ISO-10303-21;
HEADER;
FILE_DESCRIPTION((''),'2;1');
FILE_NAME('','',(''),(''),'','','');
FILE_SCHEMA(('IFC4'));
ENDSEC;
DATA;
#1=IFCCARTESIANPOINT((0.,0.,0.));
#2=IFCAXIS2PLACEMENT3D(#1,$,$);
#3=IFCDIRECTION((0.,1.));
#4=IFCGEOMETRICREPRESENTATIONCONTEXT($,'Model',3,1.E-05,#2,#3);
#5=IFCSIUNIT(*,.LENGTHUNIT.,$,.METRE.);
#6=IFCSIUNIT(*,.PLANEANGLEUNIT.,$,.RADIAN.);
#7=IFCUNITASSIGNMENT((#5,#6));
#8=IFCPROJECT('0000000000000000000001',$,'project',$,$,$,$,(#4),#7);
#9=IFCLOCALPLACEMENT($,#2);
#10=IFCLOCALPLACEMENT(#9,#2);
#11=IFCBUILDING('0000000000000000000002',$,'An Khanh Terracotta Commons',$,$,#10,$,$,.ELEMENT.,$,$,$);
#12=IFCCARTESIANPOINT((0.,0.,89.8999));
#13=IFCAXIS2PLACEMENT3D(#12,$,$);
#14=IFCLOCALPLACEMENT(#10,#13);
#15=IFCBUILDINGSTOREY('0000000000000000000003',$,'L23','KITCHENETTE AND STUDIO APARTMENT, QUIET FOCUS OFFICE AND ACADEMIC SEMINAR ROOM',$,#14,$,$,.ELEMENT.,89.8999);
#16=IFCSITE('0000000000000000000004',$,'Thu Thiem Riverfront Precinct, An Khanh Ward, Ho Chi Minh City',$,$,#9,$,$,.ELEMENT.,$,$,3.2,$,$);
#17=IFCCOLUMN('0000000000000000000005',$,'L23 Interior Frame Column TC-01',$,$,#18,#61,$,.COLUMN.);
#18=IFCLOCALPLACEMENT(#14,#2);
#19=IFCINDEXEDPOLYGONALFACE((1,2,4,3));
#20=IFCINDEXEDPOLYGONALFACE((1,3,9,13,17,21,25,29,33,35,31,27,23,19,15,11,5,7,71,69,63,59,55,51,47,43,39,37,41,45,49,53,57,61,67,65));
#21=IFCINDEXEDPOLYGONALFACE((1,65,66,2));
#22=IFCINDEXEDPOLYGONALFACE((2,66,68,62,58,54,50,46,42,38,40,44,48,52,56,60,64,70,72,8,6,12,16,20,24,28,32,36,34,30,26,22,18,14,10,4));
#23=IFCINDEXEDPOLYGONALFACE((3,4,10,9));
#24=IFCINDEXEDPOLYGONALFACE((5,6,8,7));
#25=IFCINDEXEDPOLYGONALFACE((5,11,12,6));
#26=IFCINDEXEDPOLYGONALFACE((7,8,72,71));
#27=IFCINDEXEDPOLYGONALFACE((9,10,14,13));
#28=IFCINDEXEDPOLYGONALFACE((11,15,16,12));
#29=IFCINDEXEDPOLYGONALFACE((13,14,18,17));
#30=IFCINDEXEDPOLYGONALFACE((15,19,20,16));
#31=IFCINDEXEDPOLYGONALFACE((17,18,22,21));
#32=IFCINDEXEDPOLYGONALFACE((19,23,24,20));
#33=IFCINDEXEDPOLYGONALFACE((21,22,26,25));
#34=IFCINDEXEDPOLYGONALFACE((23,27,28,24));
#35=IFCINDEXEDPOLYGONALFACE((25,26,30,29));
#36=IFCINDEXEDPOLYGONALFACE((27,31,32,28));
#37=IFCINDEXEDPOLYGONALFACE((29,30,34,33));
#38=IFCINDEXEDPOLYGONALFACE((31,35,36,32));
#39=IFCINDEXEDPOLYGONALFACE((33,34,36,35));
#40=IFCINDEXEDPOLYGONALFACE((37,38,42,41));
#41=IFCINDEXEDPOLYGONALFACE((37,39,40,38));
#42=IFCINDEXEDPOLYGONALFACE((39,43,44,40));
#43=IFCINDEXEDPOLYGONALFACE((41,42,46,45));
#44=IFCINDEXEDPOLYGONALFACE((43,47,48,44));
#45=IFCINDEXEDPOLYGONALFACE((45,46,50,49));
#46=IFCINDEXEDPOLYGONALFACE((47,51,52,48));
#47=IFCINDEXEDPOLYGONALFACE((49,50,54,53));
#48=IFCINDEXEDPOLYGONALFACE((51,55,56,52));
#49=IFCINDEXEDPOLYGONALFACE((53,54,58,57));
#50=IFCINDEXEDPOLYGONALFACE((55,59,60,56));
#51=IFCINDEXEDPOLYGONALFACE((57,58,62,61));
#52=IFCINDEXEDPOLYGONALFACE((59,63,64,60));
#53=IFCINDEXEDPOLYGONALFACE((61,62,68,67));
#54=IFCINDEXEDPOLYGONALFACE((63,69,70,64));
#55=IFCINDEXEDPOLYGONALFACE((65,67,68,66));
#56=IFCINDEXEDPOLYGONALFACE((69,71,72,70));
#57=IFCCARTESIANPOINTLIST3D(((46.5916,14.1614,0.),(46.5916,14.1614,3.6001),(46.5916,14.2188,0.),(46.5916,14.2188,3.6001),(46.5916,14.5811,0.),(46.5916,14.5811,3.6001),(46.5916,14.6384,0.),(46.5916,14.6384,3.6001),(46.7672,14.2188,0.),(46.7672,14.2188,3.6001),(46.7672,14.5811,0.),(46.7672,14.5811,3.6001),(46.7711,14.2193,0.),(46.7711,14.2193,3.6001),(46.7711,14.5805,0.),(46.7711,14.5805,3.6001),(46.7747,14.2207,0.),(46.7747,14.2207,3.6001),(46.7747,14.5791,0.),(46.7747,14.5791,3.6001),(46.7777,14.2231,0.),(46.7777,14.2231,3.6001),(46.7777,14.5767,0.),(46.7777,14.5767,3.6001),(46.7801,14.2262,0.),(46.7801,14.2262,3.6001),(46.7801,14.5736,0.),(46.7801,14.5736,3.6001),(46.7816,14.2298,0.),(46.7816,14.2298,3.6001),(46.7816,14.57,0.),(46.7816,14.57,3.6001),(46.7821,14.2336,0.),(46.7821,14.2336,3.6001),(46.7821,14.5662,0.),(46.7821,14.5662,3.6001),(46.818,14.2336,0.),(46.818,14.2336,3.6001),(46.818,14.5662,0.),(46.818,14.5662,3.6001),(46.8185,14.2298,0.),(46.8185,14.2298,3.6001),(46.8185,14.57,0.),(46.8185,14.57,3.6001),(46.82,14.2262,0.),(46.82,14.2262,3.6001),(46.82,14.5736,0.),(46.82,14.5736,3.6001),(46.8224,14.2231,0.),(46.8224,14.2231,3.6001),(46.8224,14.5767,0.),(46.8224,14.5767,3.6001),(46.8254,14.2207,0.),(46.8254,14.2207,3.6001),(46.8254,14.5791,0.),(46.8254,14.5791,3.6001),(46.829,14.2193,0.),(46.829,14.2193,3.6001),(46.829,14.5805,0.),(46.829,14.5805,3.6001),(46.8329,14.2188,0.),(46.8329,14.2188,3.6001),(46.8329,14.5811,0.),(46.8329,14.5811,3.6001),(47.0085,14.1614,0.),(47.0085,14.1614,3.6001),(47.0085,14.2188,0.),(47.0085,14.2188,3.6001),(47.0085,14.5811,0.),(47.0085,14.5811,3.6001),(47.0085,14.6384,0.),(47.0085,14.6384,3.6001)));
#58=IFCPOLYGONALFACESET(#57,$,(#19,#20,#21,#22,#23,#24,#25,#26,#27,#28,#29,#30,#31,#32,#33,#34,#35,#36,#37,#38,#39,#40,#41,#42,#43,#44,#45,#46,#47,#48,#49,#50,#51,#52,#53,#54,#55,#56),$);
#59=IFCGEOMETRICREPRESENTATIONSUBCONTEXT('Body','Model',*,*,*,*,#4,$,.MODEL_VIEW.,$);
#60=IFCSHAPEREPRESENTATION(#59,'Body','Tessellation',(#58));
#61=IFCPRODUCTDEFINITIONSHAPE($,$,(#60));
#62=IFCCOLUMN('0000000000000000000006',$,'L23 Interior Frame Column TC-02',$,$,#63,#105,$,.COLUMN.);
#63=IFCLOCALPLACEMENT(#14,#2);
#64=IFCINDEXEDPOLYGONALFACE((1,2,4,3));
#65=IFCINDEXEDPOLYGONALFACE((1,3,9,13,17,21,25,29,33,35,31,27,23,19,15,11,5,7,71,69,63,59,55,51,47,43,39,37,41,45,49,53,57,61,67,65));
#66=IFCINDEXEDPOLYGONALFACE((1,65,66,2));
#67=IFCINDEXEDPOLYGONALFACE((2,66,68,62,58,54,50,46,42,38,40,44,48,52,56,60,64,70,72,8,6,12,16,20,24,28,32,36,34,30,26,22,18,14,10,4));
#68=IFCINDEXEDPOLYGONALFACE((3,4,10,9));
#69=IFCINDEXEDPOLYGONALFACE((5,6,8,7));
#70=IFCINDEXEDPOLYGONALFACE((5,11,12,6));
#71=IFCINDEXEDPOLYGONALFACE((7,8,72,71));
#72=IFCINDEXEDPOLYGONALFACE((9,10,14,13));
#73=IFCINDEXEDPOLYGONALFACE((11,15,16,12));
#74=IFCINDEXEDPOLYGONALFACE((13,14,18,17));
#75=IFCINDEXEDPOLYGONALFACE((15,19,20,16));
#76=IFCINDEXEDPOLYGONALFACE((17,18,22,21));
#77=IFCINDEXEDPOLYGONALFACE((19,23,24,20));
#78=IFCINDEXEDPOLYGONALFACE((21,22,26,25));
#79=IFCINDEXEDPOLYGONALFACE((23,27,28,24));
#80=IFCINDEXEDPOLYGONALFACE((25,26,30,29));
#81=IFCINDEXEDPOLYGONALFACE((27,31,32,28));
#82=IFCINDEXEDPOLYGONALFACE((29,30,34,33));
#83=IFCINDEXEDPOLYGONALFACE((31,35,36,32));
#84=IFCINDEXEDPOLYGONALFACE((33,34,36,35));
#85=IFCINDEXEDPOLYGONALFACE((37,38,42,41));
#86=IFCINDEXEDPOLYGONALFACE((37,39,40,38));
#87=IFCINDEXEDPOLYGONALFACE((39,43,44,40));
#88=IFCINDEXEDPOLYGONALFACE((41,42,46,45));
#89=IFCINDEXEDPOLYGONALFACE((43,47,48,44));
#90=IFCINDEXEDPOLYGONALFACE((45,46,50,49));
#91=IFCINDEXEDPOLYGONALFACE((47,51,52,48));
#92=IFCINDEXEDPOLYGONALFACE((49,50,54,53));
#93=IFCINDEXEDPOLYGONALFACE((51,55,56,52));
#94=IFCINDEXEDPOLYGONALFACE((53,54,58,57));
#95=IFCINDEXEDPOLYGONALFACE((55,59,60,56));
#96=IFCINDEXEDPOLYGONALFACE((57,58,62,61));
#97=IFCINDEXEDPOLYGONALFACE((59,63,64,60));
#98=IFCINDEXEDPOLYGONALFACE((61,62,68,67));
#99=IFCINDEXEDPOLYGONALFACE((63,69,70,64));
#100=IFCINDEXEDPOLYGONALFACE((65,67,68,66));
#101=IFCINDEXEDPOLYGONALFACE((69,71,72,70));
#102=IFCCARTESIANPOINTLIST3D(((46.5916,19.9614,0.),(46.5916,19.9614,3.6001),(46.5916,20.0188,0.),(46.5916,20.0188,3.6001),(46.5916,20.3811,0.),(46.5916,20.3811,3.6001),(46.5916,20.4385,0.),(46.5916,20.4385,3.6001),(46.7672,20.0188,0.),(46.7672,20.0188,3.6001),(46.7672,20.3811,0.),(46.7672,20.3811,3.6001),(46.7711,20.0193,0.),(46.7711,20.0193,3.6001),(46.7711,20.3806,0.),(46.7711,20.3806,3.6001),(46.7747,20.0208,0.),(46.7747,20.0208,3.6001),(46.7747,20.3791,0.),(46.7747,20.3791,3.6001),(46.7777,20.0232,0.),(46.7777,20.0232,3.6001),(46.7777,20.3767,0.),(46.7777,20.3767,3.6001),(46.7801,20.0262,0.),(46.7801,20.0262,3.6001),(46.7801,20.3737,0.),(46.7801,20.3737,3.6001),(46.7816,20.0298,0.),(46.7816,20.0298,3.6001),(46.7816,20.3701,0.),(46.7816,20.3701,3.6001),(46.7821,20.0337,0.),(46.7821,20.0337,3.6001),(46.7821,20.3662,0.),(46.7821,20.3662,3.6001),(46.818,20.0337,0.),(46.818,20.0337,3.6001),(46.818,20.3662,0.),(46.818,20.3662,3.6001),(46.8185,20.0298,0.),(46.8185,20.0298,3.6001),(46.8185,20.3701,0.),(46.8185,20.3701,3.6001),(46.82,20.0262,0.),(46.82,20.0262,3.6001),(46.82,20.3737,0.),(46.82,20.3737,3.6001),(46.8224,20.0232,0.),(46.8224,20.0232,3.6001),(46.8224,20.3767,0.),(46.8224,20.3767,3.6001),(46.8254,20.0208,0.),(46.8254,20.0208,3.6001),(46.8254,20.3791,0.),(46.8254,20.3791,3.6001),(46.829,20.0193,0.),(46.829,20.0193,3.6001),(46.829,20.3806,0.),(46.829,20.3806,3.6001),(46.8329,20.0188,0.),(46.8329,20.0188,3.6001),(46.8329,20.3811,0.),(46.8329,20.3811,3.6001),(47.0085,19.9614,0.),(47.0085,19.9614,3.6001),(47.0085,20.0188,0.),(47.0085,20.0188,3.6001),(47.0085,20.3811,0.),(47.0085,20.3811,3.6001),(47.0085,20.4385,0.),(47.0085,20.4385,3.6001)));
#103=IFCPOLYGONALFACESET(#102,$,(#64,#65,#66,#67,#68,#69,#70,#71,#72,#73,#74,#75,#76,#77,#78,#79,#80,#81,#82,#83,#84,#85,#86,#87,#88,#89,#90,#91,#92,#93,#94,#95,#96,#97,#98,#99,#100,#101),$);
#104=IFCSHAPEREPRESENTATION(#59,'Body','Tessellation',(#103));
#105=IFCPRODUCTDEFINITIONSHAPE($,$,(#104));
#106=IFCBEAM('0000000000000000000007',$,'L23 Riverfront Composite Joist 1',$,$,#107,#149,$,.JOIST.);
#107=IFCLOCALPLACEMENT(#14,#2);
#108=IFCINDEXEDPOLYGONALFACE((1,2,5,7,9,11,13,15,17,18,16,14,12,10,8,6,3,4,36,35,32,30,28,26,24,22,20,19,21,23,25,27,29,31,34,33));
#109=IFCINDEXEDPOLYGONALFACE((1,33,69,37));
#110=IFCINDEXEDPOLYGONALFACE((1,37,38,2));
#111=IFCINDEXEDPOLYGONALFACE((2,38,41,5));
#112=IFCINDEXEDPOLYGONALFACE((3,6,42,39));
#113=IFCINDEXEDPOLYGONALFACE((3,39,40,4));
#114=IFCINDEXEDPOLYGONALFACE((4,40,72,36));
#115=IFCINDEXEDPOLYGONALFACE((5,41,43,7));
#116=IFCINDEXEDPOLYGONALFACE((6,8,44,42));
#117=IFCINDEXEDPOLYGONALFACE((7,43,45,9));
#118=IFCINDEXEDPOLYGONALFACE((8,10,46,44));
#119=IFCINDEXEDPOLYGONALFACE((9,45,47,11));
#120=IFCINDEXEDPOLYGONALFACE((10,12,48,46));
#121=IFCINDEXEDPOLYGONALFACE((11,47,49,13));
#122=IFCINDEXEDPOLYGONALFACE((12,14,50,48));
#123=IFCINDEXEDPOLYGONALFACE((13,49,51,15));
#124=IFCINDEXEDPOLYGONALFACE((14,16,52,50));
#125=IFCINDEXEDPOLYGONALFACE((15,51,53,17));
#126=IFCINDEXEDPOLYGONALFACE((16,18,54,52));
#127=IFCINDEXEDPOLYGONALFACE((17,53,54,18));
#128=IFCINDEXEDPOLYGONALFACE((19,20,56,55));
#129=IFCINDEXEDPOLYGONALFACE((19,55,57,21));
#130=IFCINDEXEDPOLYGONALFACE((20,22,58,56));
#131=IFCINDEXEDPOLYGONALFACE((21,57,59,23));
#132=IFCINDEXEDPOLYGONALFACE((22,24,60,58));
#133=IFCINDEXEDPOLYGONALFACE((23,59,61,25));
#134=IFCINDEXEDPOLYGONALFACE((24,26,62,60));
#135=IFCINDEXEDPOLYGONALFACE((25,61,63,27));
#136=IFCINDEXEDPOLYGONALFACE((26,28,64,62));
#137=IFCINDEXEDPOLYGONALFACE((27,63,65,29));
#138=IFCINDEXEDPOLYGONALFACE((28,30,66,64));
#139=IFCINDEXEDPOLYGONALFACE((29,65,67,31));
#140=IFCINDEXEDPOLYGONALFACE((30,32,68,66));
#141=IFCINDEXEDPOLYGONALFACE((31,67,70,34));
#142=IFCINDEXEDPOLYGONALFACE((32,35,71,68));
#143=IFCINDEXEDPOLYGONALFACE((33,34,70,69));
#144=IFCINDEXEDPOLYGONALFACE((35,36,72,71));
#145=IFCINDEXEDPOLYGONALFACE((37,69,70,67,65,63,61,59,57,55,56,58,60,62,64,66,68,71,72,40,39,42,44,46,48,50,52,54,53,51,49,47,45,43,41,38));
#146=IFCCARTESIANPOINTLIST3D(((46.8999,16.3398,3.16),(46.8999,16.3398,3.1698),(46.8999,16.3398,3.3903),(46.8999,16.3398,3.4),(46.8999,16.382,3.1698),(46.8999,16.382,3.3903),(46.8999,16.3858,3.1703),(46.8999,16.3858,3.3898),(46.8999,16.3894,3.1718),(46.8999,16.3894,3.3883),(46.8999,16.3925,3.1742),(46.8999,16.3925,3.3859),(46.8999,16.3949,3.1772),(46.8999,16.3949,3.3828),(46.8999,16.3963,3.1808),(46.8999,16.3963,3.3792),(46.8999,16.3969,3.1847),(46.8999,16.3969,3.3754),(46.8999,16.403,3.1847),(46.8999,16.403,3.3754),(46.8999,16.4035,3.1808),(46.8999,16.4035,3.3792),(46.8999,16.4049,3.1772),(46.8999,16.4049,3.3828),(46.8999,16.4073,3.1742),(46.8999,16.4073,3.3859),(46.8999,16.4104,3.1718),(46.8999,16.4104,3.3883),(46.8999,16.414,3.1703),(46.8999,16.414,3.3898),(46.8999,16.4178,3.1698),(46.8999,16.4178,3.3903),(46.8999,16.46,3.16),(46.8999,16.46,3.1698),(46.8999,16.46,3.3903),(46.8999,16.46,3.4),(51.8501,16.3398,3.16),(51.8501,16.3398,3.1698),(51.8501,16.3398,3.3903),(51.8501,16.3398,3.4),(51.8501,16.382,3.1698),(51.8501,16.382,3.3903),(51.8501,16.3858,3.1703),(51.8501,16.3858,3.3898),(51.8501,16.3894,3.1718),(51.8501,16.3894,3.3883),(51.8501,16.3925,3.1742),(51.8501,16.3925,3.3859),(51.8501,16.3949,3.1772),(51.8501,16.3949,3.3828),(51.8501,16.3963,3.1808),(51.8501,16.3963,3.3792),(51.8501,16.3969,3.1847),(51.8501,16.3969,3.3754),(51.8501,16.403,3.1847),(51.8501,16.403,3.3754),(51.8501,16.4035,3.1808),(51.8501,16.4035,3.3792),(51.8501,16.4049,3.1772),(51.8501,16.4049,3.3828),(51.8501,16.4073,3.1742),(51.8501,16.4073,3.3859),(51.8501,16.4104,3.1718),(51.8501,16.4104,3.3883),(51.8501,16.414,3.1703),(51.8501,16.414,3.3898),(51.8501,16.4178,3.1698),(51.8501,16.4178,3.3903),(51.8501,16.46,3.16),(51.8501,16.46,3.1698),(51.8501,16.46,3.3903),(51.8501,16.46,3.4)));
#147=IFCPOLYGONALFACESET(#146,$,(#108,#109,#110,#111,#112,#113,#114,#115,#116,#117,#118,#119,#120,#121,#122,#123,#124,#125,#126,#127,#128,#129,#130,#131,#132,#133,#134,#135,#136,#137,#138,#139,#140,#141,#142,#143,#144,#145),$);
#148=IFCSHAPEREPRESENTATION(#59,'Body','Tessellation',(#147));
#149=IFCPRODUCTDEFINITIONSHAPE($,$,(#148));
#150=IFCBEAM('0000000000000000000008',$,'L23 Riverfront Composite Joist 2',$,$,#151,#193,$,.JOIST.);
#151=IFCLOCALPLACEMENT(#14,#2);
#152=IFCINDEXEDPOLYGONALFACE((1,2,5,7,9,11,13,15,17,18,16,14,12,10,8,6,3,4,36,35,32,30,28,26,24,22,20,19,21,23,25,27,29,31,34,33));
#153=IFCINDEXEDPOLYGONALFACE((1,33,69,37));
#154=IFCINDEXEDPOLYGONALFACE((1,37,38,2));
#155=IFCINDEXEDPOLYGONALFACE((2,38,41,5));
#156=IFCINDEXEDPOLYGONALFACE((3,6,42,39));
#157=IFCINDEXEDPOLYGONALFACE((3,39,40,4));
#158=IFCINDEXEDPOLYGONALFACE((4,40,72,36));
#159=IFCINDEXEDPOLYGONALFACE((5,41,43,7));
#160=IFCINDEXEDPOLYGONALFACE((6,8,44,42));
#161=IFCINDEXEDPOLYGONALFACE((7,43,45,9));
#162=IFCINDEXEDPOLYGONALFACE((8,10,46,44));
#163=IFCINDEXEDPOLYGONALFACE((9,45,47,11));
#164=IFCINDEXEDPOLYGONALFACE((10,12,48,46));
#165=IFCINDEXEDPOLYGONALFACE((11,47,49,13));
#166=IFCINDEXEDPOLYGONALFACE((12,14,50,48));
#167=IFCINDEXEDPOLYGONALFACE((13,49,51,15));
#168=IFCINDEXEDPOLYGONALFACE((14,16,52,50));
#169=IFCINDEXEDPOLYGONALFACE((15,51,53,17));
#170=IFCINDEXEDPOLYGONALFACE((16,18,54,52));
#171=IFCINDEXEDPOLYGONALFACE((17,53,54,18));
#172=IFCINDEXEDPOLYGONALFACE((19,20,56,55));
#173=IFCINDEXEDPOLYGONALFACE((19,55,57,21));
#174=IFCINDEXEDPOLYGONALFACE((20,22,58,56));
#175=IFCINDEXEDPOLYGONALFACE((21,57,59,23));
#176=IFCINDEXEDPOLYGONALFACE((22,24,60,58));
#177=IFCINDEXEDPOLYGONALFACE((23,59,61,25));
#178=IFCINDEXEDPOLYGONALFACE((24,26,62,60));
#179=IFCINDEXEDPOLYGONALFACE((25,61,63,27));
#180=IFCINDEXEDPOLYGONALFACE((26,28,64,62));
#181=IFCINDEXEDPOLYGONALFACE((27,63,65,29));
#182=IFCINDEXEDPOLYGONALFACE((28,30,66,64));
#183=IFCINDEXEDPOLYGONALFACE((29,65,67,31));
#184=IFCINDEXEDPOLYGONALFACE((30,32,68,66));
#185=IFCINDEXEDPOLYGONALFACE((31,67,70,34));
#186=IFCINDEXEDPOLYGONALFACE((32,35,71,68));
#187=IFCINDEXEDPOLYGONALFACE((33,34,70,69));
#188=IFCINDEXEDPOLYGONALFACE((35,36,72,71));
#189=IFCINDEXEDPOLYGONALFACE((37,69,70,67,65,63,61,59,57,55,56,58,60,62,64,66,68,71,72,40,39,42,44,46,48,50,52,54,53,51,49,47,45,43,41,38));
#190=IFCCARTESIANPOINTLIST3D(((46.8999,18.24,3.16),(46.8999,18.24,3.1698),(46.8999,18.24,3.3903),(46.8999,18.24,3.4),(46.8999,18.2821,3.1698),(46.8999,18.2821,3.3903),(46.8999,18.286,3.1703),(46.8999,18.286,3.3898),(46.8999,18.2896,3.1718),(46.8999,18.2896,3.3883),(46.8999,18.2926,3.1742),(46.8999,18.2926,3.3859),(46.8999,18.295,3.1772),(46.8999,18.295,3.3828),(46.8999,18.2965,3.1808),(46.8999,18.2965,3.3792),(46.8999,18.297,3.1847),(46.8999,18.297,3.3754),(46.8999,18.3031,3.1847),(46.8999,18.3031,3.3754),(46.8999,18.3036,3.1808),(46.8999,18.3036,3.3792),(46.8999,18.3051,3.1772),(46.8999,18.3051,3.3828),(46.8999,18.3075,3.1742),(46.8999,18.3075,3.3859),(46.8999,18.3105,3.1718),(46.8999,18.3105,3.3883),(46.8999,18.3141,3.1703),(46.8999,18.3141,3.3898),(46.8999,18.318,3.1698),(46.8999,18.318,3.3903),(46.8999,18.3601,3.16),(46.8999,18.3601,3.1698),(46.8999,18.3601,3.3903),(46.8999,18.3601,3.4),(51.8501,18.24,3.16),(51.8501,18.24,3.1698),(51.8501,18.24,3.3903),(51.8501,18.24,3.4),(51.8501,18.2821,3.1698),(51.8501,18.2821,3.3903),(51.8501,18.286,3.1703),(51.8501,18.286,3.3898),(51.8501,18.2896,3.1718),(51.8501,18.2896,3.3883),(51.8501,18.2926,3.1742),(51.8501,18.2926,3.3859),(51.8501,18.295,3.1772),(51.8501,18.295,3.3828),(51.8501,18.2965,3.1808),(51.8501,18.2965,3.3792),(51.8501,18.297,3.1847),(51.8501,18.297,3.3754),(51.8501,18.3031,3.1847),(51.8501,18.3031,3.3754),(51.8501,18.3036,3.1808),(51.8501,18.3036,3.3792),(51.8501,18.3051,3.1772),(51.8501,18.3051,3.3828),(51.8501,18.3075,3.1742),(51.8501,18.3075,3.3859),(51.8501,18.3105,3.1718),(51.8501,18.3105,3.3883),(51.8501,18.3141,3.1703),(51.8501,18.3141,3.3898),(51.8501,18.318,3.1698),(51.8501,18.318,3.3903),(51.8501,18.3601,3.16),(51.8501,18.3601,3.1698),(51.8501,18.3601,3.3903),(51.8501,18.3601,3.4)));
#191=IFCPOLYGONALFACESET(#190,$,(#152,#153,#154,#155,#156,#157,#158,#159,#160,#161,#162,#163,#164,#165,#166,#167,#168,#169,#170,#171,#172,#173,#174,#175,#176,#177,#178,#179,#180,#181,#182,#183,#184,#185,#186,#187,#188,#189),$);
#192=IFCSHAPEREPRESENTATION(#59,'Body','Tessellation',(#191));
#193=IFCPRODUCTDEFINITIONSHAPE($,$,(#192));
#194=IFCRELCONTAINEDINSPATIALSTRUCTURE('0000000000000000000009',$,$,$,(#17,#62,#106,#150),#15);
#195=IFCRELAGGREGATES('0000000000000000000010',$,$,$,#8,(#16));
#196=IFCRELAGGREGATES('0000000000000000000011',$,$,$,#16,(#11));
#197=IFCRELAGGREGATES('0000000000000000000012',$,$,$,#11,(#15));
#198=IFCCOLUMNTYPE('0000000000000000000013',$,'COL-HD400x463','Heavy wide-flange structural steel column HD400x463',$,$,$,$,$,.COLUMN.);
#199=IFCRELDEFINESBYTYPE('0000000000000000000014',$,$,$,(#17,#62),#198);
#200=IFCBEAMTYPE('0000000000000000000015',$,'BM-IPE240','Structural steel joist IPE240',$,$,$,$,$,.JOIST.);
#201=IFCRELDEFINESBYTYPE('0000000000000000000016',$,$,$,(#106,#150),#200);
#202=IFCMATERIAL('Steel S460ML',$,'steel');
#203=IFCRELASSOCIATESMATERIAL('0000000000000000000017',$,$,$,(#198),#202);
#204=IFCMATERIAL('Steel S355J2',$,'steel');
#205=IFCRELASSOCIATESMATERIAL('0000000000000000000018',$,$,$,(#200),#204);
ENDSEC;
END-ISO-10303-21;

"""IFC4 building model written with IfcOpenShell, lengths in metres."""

from ifc_helpers import new_model, si_unit, direction, frame, origin, origin_2d, place, context, subcontext, project, spatial, i_section, extrude, material, material_profile, profile_set, type_object, element, save


model = new_model("IFC4")

# Units and contexts
model_context = context("Model", 3, precision=1e-05, world=origin(), true_north=direction((0.0, 1.0)))
body_context = subcontext(model_context, "Body", "Model", "MODEL_VIEW")
ifc_project = project(units=[si_unit("LENGTHUNIT", "METRE"), si_unit("PLANEANGLEUNIT", "RADIAN")], contexts=[model_context])

# Site, building, storey
site_placement = place(None, origin())
site = spatial("IfcSite", under=ifc_project, at=site_placement, Name="Thu Thiem Riverfront Precinct, An Khanh Ward, Ho Chi Minh City", CompositionType="ELEMENT", RefElevation=3.2)
building_placement = place(site_placement, origin())
building = spatial("IfcBuilding", under=site, at=building_placement, Name="An Khanh Terracotta Commons", CompositionType="ELEMENT")
storey_placement = place(building_placement, frame((0.0, 0.0, 89.8999)))
storey = spatial("IfcBuildingStorey", under=building, at=storey_placement, Name="L23", Description="KITCHENETTE AND STUDIO APARTMENT, QUIET FOCUS OFFICE AND ACADEMIC SEMINAR ROOM", CompositionType="ELEMENT", Elevation=89.8999)

# Columns
ifc_material_1 = material(Name="Steel S460ML", Category="steel")
ifc_material_profile_1 = material_profile(ifc_material_1, i_section(OverallWidth=0.417, OverallDepth=0.4771, WebThickness=0.0359, FlangeThickness=0.0574, FilletRadius=0.0149, at=origin_2d()), Name="HD400x463")
ifc_profile_set_1 = profile_set([ifc_material_profile_1], Name="Steel S460ML")
column_type = type_object("IfcColumnType", Name="COL-HD400x463", Description="Heavy wide-flange structural steel column HD400x463", PredefinedType="COLUMN", material=ifc_profile_set_1)
for number, where, z_axis, x_axis, name in (
    (1, (46.8, 14.3999, 0.0), (0.0, 0.0, 1.0), (1.0, 0.0, 0.0), "L23 Interior Frame Column TC-01"),
    (2, (46.8, 20.2, 0.0), (0.0, 0.0, 1.0), (1.0, 0.0, 0.0), "L23 Interior Frame Column TC-02"),
):
    element("IfcColumn", number, at=place(storey_placement, frame(where, z_axis=z_axis, x_axis=x_axis)), inside=storey, type_object=column_type, Name=name, PredefinedType="COLUMN", context=body_context, shape_type="SweptSolid", body=[
        extrude(i_section(OverallWidth=0.417, OverallDepth=0.4771, WebThickness=0.0359, FlangeThickness=0.0574, FilletRadius=0.0149, at=origin_2d()), origin(), (0.0, 0.0, 1.0), 3.6001),
    ])

# Beams
ifc_material_2 = material(Name="Steel S355J2", Category="steel")
ifc_material_profile_2 = material_profile(ifc_material_2, i_section(OverallWidth=0.1201, OverallDepth=0.24, WebThickness=0.0061, FlangeThickness=0.0098, FilletRadius=0.0149, at=origin_2d()), Name="IPE240")
ifc_profile_set_2 = profile_set([ifc_material_profile_2], Name="Steel S355J2")
beam_type_1 = type_object("IfcBeamType", Name="BM-IPE240", Description="Structural steel joist IPE240", PredefinedType="JOIST", material=ifc_profile_set_2)
for number, where, z_axis, x_axis, name in (
    (3, (46.8999, 16.3999, 3.28), (1.0, 0.0, 0.0), (0.0, 1.0, 0.0), "L23 Riverfront Composite Joist 1"),
    (4, (46.8999, 18.3, 3.28), (1.0, 0.0, 0.0), (0.0, 1.0, 0.0), "L23 Riverfront Composite Joist 2"),
):
    element("IfcBeam", number, at=place(storey_placement, frame(where, z_axis=z_axis, x_axis=x_axis)), inside=storey, type_object=beam_type_1, Name=name, PredefinedType="JOIST", context=body_context, shape_type="SweptSolid", body=[
        extrude(i_section(OverallWidth=0.1201, OverallDepth=0.24, WebThickness=0.0061, FlangeThickness=0.0098, FilletRadius=0.0149, at=origin_2d()), origin(), (0.0, 0.0, 1.0), 4.9502),
    ])

save(model, "model.ifc")
